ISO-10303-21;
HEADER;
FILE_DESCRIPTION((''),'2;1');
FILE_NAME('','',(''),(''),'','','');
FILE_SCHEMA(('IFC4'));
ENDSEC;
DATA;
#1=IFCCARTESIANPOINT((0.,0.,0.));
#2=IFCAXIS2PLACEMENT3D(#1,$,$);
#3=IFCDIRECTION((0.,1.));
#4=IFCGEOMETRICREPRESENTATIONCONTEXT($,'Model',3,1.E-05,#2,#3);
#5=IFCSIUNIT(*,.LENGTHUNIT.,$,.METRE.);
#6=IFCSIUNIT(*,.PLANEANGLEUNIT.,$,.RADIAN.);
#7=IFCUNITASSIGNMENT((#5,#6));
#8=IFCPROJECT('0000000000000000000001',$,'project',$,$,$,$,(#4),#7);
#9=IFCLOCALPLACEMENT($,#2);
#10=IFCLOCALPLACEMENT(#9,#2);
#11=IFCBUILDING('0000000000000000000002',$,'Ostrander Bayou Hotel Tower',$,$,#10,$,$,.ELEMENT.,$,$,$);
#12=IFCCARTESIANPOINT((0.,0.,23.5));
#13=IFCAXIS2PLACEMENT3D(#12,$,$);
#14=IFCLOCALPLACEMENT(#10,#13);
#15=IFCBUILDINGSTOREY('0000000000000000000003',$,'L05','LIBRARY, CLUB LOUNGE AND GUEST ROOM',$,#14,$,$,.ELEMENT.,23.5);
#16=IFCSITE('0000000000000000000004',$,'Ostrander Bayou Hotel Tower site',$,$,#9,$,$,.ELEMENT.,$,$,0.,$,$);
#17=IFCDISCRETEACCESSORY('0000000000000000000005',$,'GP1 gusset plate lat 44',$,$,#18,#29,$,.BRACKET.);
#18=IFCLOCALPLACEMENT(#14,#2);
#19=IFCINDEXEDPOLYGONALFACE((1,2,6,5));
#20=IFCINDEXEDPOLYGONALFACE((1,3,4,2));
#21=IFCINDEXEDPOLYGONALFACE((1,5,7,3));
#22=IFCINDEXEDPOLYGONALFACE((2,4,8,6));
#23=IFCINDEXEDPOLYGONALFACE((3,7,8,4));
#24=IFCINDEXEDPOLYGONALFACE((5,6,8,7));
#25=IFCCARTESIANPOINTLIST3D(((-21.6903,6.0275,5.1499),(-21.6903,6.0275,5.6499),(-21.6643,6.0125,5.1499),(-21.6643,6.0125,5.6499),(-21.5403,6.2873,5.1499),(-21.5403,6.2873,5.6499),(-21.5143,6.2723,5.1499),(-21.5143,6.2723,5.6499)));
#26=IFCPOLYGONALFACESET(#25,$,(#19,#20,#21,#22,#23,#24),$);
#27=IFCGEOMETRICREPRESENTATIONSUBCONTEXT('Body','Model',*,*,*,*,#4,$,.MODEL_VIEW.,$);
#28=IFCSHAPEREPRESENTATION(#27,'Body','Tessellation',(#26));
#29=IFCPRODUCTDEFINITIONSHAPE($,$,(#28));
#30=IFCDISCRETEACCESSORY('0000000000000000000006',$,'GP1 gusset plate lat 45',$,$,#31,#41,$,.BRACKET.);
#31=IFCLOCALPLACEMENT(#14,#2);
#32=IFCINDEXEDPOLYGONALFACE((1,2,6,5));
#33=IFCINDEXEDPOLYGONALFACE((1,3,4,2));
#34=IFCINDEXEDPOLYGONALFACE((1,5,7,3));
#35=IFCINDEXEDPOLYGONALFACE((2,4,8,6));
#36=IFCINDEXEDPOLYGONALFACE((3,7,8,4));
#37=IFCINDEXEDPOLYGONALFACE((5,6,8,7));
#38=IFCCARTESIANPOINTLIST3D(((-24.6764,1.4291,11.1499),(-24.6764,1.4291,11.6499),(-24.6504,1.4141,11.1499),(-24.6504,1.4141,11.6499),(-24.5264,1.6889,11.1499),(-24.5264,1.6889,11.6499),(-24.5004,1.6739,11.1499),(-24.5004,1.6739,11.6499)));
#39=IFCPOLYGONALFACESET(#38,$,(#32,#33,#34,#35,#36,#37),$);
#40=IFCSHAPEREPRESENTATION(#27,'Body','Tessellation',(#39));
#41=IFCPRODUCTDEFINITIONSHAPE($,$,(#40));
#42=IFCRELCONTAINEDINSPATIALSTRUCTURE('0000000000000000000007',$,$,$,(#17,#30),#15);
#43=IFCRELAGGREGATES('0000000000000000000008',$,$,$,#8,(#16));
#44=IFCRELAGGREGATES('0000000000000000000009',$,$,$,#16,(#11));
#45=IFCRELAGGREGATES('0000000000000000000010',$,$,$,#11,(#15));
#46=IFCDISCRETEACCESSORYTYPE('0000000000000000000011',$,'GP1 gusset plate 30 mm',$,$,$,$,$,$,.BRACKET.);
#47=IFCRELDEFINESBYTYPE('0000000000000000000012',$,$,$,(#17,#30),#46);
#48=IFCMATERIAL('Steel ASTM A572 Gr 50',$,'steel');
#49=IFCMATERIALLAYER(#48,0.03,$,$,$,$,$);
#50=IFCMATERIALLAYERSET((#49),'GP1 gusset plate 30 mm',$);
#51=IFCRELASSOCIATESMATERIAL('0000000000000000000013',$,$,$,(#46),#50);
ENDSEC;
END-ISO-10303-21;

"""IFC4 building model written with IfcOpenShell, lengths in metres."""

from ifc_helpers import new_model, si_unit, direction, frame, origin, origin_2d, place, context, subcontext, project, spatial, rectangle, extrude, material, layer, layer_set, type_object, element, save


model = new_model("IFC4")

# Units and contexts
model_context = context("Model", 3, precision=1e-05, world=origin(), true_north=direction((0.0, 1.0)))
body_context = subcontext(model_context, "Body", "Model", "MODEL_VIEW")
ifc_project = project(units=[si_unit("LENGTHUNIT", "METRE"), si_unit("PLANEANGLEUNIT", "RADIAN")], contexts=[model_context])

# Site, building, storey
site_placement = place(None, origin())
site = spatial("IfcSite", under=ifc_project, at=site_placement, Name="Ostrander Bayou Hotel Tower site", CompositionType="ELEMENT", RefElevation=0.0)
building_placement = place(site_placement, origin())
building = spatial("IfcBuilding", under=site, at=building_placement, Name="Ostrander Bayou Hotel Tower", CompositionType="ELEMENT")
storey_placement = place(building_placement, frame((0.0, 0.0, 23.5)))
storey = spatial("IfcBuildingStorey", under=building, at=storey_placement, Name="L05", Description="LIBRARY, CLUB LOUNGE AND GUEST ROOM", CompositionType="ELEMENT", Elevation=23.5)

# Discrete accessories
ifc_material_1 = material(Name="Steel ASTM A572 Gr 50", Category="steel")
ifc_layer_1 = layer(ifc_material_1, 0.03)
ifc_layer_set_1 = layer_set([ifc_layer_1], Name="GP1 gusset plate 30 mm")
discrete_accessory_type = type_object("IfcDiscreteAccessoryType", Name="GP1 gusset plate 30 mm", PredefinedType="BRACKET", material=ifc_layer_set_1)
for number, where, z_axis, x_axis, name in (
    (1, (-21.6023, 6.1499, 5.1499), (0.0, 0.0, 1.0), (-0.5, -0.866025, 0.0), "GP1 gusset plate lat 44"),
    (2, (-24.5884, 1.5515, 11.1499), (0.0, 0.0, 1.0), (-0.5, -0.866025, 0.0), "GP1 gusset plate lat 45"),
):
    element("IfcDiscreteAccessory", number, at=place(storey_placement, frame(where, z_axis=z_axis, x_axis=x_axis)), inside=storey, type_object=discrete_accessory_type, Name=name, PredefinedType="BRACKET", context=body_context, shape_type="SweptSolid", body=[
        extrude(rectangle(XDim=0.3, YDim=0.03, at=origin_2d()), origin(), (0.0, 0.0, 1.0), 0.5),
    ])

save(model, "model.ifc")
